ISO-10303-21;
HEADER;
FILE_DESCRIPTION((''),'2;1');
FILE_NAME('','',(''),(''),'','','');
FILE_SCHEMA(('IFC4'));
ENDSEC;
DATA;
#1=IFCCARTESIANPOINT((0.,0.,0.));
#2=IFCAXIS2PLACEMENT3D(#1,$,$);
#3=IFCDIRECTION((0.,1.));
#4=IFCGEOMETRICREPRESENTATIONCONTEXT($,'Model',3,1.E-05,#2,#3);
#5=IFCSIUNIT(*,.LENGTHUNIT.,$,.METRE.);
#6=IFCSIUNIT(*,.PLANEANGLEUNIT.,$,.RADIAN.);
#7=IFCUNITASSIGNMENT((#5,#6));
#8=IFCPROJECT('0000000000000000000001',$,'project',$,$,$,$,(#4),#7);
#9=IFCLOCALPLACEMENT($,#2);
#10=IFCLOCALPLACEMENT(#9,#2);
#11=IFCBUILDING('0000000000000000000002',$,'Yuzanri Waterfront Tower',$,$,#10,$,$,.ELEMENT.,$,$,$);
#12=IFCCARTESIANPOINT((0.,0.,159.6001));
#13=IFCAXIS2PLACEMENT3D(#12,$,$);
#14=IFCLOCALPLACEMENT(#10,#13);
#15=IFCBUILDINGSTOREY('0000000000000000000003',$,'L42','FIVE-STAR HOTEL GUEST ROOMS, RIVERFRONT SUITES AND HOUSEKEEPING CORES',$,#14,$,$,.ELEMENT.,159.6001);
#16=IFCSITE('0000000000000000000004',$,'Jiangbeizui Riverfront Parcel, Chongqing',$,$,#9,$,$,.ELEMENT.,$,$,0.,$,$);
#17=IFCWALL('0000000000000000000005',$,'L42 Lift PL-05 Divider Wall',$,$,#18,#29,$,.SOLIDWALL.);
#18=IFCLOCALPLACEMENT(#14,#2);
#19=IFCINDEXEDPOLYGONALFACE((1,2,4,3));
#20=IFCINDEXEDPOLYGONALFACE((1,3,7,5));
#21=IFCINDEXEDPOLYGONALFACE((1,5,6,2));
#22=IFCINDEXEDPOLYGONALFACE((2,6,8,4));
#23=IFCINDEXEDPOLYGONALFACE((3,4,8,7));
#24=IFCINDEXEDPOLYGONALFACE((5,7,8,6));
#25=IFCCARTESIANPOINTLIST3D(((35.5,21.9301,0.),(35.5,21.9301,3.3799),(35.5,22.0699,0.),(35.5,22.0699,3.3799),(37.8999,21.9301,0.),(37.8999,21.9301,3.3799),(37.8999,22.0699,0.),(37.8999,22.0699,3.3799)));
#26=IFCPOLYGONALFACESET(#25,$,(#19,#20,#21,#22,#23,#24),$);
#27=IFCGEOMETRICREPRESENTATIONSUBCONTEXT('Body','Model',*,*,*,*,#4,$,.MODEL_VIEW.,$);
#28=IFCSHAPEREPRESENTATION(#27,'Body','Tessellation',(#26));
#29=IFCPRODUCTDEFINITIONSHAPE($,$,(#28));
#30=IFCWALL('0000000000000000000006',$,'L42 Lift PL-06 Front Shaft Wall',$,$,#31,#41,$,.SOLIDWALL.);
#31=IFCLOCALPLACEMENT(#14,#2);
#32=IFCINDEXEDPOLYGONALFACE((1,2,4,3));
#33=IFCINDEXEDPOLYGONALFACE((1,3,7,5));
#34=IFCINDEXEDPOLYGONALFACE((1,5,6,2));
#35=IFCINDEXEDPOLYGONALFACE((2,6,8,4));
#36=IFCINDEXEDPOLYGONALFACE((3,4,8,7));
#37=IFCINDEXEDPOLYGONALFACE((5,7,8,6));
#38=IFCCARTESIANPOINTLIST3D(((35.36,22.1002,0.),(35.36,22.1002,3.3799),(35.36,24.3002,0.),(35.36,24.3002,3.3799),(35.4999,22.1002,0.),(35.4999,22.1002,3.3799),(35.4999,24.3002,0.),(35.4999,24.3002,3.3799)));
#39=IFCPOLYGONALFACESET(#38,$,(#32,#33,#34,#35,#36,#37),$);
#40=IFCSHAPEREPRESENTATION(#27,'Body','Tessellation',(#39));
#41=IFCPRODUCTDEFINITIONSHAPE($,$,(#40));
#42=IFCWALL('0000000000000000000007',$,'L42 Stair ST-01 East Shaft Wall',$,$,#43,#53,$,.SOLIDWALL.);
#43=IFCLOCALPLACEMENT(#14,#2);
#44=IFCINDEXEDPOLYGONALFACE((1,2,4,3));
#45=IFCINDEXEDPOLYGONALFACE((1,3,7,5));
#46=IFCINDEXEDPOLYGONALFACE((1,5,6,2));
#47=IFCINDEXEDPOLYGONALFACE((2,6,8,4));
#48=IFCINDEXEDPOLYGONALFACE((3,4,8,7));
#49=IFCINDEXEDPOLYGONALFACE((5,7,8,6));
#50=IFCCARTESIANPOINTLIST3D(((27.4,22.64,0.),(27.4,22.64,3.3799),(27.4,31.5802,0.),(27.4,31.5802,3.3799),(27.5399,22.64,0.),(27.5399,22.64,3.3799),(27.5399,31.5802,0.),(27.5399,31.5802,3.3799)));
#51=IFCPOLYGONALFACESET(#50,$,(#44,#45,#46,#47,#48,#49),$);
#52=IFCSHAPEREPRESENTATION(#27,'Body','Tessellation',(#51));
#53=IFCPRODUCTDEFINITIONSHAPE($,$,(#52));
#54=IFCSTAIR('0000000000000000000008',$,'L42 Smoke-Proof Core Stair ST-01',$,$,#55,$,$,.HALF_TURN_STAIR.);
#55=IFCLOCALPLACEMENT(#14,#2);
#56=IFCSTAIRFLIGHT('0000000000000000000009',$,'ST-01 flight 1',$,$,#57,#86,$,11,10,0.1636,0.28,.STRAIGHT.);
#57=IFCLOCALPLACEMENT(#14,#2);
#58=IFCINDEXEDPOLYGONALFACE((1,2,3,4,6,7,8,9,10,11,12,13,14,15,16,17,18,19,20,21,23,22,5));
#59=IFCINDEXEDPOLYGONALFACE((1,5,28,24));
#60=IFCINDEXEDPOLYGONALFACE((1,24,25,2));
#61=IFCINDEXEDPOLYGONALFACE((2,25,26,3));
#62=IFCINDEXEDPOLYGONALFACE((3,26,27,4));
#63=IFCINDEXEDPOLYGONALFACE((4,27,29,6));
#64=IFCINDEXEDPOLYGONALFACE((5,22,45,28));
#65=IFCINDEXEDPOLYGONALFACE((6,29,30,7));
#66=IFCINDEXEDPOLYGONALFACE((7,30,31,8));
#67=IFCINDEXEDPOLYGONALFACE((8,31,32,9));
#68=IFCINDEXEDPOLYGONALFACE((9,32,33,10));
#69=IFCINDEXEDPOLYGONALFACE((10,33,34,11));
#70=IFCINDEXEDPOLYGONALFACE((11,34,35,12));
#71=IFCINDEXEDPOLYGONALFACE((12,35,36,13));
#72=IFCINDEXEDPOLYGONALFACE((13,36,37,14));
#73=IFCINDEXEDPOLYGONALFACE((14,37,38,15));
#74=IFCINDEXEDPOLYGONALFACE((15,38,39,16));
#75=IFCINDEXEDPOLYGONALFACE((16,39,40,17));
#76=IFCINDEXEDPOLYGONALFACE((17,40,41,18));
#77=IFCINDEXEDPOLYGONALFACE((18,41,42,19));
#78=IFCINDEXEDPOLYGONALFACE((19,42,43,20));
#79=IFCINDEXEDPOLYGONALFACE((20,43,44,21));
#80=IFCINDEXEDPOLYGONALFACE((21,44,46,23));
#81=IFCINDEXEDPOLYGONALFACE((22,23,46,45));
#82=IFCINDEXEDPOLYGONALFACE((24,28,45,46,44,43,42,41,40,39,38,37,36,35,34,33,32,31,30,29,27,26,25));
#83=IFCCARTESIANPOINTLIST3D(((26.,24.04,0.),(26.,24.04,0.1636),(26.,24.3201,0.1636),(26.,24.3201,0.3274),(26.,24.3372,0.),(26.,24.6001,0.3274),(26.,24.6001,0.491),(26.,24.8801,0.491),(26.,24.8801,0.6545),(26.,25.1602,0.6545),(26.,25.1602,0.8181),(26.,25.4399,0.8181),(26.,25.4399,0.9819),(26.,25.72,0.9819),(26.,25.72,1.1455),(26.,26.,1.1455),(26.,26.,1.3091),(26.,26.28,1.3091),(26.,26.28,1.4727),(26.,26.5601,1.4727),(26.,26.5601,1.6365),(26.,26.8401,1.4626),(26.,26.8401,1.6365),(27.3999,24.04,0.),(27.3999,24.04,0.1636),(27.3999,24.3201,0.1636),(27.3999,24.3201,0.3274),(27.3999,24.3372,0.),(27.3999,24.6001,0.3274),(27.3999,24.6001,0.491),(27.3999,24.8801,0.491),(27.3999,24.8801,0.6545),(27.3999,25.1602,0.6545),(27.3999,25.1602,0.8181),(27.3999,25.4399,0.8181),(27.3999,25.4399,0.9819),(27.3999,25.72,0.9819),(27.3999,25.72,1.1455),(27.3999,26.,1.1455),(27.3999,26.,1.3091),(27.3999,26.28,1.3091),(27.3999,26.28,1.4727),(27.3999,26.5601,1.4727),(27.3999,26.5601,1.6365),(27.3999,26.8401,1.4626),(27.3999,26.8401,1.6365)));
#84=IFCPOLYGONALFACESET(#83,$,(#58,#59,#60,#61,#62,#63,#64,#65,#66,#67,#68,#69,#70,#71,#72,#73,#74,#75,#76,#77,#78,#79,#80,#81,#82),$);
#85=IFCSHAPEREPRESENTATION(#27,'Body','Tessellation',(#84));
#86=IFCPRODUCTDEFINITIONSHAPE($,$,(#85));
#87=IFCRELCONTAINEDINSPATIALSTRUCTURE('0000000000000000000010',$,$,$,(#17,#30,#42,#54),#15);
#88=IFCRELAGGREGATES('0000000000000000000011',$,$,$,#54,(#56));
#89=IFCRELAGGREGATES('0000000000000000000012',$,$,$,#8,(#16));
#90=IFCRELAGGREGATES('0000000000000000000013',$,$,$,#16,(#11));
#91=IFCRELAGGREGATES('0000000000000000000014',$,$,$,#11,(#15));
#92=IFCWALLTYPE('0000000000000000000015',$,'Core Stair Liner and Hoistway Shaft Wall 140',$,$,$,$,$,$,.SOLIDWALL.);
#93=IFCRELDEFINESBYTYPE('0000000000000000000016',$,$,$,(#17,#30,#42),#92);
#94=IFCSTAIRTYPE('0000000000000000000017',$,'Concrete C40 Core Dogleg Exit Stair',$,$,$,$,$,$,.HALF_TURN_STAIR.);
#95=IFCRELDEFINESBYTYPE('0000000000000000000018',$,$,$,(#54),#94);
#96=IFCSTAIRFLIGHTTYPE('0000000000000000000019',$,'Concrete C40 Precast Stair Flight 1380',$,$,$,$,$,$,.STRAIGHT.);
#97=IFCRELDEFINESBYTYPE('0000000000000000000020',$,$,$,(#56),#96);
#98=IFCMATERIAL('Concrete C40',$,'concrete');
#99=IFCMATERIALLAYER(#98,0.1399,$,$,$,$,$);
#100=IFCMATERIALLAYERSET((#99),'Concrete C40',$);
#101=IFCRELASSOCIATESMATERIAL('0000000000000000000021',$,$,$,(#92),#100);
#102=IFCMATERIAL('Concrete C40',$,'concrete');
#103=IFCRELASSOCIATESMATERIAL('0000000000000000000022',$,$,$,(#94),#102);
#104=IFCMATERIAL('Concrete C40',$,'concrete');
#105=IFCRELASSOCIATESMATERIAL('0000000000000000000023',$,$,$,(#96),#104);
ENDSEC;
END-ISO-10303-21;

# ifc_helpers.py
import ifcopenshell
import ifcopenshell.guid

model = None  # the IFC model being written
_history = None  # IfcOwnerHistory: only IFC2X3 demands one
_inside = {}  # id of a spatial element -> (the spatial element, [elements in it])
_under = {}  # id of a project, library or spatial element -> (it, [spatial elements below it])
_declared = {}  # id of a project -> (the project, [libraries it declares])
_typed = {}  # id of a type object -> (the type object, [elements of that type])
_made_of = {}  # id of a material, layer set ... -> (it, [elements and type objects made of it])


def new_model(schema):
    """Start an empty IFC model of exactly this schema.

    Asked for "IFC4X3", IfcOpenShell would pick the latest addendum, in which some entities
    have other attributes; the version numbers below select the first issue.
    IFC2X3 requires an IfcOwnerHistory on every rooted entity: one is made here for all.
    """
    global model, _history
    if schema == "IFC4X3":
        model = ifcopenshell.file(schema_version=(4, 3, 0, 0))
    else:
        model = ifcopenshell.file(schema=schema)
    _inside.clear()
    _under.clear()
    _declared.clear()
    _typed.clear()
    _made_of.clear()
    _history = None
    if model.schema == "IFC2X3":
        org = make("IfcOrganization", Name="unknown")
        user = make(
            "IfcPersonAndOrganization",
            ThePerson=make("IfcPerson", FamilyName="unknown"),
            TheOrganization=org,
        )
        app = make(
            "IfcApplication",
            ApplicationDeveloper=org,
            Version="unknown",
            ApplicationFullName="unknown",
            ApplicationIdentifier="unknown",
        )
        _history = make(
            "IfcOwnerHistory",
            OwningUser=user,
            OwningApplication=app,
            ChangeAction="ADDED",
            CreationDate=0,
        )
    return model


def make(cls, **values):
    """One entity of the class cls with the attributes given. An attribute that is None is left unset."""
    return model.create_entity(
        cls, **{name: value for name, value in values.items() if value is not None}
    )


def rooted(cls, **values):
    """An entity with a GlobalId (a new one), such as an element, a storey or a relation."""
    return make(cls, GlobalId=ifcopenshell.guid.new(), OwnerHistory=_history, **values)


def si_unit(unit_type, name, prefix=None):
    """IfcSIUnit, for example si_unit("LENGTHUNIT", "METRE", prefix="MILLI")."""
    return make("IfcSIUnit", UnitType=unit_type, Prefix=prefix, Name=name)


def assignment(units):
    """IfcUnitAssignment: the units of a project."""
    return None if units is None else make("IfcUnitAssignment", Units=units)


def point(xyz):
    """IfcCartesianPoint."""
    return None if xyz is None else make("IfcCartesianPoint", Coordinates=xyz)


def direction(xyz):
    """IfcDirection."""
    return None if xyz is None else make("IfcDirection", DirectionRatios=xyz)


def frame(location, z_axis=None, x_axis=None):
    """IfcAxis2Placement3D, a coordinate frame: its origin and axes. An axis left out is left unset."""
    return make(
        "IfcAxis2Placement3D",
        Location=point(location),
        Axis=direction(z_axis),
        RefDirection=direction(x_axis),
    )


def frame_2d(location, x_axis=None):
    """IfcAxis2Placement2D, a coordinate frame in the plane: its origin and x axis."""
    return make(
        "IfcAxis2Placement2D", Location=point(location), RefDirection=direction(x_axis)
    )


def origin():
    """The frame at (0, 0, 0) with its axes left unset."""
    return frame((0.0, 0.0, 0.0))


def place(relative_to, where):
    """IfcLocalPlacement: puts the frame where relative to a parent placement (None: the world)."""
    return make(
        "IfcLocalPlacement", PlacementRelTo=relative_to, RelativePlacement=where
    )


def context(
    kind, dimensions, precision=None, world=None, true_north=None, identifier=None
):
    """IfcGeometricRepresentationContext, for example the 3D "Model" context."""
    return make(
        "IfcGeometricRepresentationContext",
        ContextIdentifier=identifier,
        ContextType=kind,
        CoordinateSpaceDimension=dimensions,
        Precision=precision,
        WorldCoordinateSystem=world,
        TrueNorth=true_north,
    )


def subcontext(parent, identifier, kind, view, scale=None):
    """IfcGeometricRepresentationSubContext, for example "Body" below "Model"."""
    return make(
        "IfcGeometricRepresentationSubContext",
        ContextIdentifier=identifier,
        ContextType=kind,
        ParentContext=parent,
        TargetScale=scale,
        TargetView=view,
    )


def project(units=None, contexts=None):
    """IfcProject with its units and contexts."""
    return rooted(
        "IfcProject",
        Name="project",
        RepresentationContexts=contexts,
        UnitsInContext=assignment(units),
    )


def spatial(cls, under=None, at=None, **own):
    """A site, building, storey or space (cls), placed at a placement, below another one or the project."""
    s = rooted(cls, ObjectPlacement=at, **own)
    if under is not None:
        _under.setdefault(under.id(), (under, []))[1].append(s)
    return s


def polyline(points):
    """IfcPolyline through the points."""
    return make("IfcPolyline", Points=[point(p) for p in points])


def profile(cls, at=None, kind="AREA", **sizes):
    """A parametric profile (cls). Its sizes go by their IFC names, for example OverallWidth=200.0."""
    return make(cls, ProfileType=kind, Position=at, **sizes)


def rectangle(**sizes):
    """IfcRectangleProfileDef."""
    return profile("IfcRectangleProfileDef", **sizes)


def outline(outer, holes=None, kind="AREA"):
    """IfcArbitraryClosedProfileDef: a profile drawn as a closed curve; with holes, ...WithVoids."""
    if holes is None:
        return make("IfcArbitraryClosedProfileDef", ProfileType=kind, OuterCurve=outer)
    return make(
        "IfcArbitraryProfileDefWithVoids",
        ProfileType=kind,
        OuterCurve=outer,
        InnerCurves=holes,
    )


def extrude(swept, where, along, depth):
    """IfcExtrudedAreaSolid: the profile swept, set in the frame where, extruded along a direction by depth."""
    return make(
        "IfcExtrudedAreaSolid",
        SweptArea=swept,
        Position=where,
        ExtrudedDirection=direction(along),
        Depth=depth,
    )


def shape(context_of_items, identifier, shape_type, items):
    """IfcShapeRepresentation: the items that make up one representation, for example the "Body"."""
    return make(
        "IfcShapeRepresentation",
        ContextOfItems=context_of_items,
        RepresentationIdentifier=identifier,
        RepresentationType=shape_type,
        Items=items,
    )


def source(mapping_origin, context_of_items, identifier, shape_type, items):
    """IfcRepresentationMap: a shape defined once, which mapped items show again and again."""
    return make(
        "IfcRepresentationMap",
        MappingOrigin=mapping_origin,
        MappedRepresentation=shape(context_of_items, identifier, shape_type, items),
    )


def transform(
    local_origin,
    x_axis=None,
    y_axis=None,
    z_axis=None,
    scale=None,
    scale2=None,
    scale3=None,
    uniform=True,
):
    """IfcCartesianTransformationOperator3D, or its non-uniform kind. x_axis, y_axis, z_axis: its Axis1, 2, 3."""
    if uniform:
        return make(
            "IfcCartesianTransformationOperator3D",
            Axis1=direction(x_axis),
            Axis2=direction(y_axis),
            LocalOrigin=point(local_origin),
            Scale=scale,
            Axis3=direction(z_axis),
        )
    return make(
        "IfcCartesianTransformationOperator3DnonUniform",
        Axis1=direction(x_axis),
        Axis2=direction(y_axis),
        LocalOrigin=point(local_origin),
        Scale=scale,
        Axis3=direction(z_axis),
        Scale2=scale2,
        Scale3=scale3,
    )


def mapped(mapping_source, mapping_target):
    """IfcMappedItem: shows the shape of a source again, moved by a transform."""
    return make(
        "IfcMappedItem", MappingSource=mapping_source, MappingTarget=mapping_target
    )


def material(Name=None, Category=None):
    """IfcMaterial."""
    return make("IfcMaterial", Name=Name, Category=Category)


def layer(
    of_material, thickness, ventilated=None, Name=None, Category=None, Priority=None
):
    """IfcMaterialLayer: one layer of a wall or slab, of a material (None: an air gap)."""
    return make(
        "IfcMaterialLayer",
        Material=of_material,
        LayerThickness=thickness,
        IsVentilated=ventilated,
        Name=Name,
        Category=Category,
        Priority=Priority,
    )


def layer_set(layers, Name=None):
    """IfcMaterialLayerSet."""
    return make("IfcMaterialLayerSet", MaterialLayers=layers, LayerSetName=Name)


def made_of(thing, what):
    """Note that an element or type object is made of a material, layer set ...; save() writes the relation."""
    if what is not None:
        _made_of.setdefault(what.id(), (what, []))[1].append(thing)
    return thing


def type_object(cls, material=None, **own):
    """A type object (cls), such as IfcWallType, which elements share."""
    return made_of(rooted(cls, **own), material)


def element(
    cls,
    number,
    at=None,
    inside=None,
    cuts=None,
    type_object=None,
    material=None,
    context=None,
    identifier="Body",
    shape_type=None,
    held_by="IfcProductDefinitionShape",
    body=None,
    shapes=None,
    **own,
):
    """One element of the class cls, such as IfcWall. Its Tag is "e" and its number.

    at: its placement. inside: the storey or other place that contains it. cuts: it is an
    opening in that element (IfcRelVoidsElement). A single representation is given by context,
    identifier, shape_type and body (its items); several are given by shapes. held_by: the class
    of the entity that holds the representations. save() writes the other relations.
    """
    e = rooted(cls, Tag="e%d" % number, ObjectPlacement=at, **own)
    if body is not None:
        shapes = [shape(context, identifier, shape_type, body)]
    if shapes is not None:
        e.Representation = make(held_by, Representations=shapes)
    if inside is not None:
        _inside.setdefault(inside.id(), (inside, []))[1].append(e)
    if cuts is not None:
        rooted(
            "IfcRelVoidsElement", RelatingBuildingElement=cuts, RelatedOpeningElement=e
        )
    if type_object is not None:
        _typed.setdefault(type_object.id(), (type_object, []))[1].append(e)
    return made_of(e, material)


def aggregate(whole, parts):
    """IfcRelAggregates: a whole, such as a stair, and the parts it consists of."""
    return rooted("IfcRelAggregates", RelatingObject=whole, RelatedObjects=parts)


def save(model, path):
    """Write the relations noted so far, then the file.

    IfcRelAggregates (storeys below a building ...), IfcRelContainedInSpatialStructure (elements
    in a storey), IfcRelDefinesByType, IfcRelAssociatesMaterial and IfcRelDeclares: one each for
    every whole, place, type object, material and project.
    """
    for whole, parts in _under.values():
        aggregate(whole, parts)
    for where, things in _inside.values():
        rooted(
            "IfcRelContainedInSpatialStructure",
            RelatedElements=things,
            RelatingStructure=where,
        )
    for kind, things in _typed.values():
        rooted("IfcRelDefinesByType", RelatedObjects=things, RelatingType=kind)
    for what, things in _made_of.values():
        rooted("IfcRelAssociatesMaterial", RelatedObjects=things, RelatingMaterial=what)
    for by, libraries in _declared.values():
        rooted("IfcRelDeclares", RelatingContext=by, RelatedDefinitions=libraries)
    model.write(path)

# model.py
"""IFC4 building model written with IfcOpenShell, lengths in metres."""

from ifc_helpers import new_model, si_unit, direction, frame, frame_2d, origin, place, context, subcontext, project, spatial, polyline, rectangle, outline, extrude, source, transform, mapped, material, layer, layer_set, type_object, element, aggregate, save


model = new_model("IFC4")

# Units and contexts
model_context = context("Model", 3, precision=1e-05, world=origin(), true_north=direction((0.0, 1.0)))
body_context = subcontext(model_context, "Body", "Model", "MODEL_VIEW")
ifc_project = project(units=[si_unit("LENGTHUNIT", "METRE"), si_unit("PLANEANGLEUNIT", "RADIAN")], contexts=[model_context])

# Site, building, storey
site_placement = place(None, origin())
site = spatial("IfcSite", under=ifc_project, at=site_placement, Name="Jiangbeizui Riverfront Parcel, Chongqing", CompositionType="ELEMENT", RefElevation=0.0)
building_placement = place(site_placement, origin())
building = spatial("IfcBuilding", under=site, at=building_placement, Name="Yuzanri Waterfront Tower", CompositionType="ELEMENT")
storey_placement = place(building_placement, frame((0.0, 0.0, 159.6001)))
storey = spatial("IfcBuildingStorey", under=building, at=storey_placement, Name="L42", Description="FIVE-STAR HOTEL GUEST ROOMS, RIVERFRONT SUITES AND HOUSEKEEPING CORES", CompositionType="ELEMENT", Elevation=159.6001)

# Shared definitions
ifc_material_1 = material(Name="Concrete C40", Category="concrete")
ifc_layer_1 = layer(ifc_material_1, 0.1399)
ifc_layer_set_1 = layer_set([ifc_layer_1], Name="Concrete C40")
wall_type_1 = type_object("IfcWallType", Name="Core Stair Liner and Hoistway Shaft Wall 140", PredefinedType="SOLIDWALL", material=ifc_layer_set_1)

# Walls
shared_shape_1 = source(origin(), body_context, "Body", "SweptSolid", [
    extrude(rectangle(XDim=2.3999, YDim=0.1399, at=frame_2d((1.2, 0.0))), origin(), (0.0, 0.0, 1.0), 3.3799),
])
wall_1_placement = place(storey_placement, frame((35.5, 22.0, 0.0), z_axis=(0.0, 0.0, 1.0), x_axis=(1.0, 0.0, 0.0)))
element("IfcWall", 1, at=wall_1_placement, inside=storey, type_object=wall_type_1, Name="L42 Lift PL-05 Divider Wall", PredefinedType="SOLIDWALL", context=body_context, shape_type="MappedRepresentation", body=[
    mapped(shared_shape_1, transform((0.0, 0.0, 0.0), scale=1.0)),
])
shared_shape_2 = source(origin(), body_context, "Body", "SweptSolid", [
    extrude(rectangle(XDim=2.2, YDim=0.1399, at=frame_2d((1.1001, 0.0))), origin(), (0.0, 0.0, 1.0), 3.3799),
])
wall_2_placement = place(storey_placement, frame((35.4299, 22.1001, 0.0), z_axis=(0.0, 0.0, 1.0), x_axis=(0.0, 1.0, 0.0)))
element("IfcWall", 2, at=wall_2_placement, inside=storey, type_object=wall_type_1, Name="L42 Lift PL-06 Front Shaft Wall", PredefinedType="SOLIDWALL", context=body_context, shape_type="MappedRepresentation", body=[
    mapped(shared_shape_2, transform((0.0, 0.0, 0.0), scale=1.0)),
])
shared_shape_3 = source(origin(), body_context, "Body", "SweptSolid", [
    extrude(rectangle(XDim=8.9402, YDim=0.1399, at=frame_2d((4.4702, 0.0))), origin(), (0.0, 0.0, 1.0), 3.3799),
])
wall_3_placement = place(storey_placement, frame((27.47, 22.6399, 0.0), z_axis=(0.0, 0.0, 1.0), x_axis=(0.0, 1.0, 0.0)))
element("IfcWall", 3, at=wall_3_placement, inside=storey, type_object=wall_type_1, Name="L42 Stair ST-01 East Shaft Wall", PredefinedType="SOLIDWALL", context=body_context, shape_type="MappedRepresentation", body=[
    mapped(shared_shape_3, transform((0.0, 0.0, 0.0), scale=1.0)),
])

# Stair, stair flight
ifc_material_2 = material(Name="Concrete C40", Category="concrete")
stair_type = type_object("IfcStairType", Name="Concrete C40 Core Dogleg Exit Stair", PredefinedType="HALF_TURN_STAIR", material=ifc_material_2)
stair_placement = place(storey_placement, origin())
stair = element("IfcStair", 4, at=stair_placement, inside=storey, type_object=stair_type, Name="L42 Smoke-Proof Core Stair ST-01", PredefinedType="HALF_TURN_STAIR")
ifc_material_3 = material(Name="Concrete C40", Category="concrete")
stair_flight_type = type_object("IfcStairFlightType", Name="Concrete C40 Precast Stair Flight 1380", PredefinedType="STRAIGHT", material=ifc_material_3)
shared_shape_4 = source(origin(), body_context, "Body", "SweptSolid", [
    extrude(outline(polyline([(0.0, 0.0), (0.0, 0.1636), (0.28, 0.1636), (0.28, 0.3274), (0.5601, 0.3274), (0.5601, 0.491), (0.8401, 0.491), (0.8401, 0.6545), (1.1201, 0.6545), (1.1201, 0.8181), (1.3999, 0.8181), (1.3999, 0.9819), (1.6799, 0.9819), (1.6799, 1.1455), (1.96, 1.1455), (1.96, 1.3091), (2.24, 1.3091), (2.24, 1.4727), (2.52, 1.4727), (2.52, 1.6365), (2.8, 1.6365), (2.8, 1.8), (2.8, 1.4626), (0.2971, 0.0), (0.0, 0.0)])), frame((0.0, 0.7, 0.0), z_axis=(0.0, -1.0, 0.0), x_axis=(1.0, 0.0, 0.0)), (0.0, 0.0, 1.0), 1.3999),
])
stair_flight_placement = place(storey_placement, frame((26.7, 24.04, 0.0), z_axis=(0.0, 0.0, 1.0), x_axis=(0.0, 1.0, 0.0)))
stair_flight = element("IfcStairFlight", 5, at=stair_flight_placement, type_object=stair_flight_type, Name="ST-01 flight 1", NumberOfRisers=11, NumberOfTreads=10, PredefinedType="STRAIGHT", RiserHeight=0.1636, TreadLength=0.28, context=body_context, shape_type="MappedRepresentation", body=[
    mapped(shared_shape_4, transform((0.0, 0.0, 0.0), scale=1.0)),
])
aggregate(stair, [stair_flight])

save(model, "model.ifc")
